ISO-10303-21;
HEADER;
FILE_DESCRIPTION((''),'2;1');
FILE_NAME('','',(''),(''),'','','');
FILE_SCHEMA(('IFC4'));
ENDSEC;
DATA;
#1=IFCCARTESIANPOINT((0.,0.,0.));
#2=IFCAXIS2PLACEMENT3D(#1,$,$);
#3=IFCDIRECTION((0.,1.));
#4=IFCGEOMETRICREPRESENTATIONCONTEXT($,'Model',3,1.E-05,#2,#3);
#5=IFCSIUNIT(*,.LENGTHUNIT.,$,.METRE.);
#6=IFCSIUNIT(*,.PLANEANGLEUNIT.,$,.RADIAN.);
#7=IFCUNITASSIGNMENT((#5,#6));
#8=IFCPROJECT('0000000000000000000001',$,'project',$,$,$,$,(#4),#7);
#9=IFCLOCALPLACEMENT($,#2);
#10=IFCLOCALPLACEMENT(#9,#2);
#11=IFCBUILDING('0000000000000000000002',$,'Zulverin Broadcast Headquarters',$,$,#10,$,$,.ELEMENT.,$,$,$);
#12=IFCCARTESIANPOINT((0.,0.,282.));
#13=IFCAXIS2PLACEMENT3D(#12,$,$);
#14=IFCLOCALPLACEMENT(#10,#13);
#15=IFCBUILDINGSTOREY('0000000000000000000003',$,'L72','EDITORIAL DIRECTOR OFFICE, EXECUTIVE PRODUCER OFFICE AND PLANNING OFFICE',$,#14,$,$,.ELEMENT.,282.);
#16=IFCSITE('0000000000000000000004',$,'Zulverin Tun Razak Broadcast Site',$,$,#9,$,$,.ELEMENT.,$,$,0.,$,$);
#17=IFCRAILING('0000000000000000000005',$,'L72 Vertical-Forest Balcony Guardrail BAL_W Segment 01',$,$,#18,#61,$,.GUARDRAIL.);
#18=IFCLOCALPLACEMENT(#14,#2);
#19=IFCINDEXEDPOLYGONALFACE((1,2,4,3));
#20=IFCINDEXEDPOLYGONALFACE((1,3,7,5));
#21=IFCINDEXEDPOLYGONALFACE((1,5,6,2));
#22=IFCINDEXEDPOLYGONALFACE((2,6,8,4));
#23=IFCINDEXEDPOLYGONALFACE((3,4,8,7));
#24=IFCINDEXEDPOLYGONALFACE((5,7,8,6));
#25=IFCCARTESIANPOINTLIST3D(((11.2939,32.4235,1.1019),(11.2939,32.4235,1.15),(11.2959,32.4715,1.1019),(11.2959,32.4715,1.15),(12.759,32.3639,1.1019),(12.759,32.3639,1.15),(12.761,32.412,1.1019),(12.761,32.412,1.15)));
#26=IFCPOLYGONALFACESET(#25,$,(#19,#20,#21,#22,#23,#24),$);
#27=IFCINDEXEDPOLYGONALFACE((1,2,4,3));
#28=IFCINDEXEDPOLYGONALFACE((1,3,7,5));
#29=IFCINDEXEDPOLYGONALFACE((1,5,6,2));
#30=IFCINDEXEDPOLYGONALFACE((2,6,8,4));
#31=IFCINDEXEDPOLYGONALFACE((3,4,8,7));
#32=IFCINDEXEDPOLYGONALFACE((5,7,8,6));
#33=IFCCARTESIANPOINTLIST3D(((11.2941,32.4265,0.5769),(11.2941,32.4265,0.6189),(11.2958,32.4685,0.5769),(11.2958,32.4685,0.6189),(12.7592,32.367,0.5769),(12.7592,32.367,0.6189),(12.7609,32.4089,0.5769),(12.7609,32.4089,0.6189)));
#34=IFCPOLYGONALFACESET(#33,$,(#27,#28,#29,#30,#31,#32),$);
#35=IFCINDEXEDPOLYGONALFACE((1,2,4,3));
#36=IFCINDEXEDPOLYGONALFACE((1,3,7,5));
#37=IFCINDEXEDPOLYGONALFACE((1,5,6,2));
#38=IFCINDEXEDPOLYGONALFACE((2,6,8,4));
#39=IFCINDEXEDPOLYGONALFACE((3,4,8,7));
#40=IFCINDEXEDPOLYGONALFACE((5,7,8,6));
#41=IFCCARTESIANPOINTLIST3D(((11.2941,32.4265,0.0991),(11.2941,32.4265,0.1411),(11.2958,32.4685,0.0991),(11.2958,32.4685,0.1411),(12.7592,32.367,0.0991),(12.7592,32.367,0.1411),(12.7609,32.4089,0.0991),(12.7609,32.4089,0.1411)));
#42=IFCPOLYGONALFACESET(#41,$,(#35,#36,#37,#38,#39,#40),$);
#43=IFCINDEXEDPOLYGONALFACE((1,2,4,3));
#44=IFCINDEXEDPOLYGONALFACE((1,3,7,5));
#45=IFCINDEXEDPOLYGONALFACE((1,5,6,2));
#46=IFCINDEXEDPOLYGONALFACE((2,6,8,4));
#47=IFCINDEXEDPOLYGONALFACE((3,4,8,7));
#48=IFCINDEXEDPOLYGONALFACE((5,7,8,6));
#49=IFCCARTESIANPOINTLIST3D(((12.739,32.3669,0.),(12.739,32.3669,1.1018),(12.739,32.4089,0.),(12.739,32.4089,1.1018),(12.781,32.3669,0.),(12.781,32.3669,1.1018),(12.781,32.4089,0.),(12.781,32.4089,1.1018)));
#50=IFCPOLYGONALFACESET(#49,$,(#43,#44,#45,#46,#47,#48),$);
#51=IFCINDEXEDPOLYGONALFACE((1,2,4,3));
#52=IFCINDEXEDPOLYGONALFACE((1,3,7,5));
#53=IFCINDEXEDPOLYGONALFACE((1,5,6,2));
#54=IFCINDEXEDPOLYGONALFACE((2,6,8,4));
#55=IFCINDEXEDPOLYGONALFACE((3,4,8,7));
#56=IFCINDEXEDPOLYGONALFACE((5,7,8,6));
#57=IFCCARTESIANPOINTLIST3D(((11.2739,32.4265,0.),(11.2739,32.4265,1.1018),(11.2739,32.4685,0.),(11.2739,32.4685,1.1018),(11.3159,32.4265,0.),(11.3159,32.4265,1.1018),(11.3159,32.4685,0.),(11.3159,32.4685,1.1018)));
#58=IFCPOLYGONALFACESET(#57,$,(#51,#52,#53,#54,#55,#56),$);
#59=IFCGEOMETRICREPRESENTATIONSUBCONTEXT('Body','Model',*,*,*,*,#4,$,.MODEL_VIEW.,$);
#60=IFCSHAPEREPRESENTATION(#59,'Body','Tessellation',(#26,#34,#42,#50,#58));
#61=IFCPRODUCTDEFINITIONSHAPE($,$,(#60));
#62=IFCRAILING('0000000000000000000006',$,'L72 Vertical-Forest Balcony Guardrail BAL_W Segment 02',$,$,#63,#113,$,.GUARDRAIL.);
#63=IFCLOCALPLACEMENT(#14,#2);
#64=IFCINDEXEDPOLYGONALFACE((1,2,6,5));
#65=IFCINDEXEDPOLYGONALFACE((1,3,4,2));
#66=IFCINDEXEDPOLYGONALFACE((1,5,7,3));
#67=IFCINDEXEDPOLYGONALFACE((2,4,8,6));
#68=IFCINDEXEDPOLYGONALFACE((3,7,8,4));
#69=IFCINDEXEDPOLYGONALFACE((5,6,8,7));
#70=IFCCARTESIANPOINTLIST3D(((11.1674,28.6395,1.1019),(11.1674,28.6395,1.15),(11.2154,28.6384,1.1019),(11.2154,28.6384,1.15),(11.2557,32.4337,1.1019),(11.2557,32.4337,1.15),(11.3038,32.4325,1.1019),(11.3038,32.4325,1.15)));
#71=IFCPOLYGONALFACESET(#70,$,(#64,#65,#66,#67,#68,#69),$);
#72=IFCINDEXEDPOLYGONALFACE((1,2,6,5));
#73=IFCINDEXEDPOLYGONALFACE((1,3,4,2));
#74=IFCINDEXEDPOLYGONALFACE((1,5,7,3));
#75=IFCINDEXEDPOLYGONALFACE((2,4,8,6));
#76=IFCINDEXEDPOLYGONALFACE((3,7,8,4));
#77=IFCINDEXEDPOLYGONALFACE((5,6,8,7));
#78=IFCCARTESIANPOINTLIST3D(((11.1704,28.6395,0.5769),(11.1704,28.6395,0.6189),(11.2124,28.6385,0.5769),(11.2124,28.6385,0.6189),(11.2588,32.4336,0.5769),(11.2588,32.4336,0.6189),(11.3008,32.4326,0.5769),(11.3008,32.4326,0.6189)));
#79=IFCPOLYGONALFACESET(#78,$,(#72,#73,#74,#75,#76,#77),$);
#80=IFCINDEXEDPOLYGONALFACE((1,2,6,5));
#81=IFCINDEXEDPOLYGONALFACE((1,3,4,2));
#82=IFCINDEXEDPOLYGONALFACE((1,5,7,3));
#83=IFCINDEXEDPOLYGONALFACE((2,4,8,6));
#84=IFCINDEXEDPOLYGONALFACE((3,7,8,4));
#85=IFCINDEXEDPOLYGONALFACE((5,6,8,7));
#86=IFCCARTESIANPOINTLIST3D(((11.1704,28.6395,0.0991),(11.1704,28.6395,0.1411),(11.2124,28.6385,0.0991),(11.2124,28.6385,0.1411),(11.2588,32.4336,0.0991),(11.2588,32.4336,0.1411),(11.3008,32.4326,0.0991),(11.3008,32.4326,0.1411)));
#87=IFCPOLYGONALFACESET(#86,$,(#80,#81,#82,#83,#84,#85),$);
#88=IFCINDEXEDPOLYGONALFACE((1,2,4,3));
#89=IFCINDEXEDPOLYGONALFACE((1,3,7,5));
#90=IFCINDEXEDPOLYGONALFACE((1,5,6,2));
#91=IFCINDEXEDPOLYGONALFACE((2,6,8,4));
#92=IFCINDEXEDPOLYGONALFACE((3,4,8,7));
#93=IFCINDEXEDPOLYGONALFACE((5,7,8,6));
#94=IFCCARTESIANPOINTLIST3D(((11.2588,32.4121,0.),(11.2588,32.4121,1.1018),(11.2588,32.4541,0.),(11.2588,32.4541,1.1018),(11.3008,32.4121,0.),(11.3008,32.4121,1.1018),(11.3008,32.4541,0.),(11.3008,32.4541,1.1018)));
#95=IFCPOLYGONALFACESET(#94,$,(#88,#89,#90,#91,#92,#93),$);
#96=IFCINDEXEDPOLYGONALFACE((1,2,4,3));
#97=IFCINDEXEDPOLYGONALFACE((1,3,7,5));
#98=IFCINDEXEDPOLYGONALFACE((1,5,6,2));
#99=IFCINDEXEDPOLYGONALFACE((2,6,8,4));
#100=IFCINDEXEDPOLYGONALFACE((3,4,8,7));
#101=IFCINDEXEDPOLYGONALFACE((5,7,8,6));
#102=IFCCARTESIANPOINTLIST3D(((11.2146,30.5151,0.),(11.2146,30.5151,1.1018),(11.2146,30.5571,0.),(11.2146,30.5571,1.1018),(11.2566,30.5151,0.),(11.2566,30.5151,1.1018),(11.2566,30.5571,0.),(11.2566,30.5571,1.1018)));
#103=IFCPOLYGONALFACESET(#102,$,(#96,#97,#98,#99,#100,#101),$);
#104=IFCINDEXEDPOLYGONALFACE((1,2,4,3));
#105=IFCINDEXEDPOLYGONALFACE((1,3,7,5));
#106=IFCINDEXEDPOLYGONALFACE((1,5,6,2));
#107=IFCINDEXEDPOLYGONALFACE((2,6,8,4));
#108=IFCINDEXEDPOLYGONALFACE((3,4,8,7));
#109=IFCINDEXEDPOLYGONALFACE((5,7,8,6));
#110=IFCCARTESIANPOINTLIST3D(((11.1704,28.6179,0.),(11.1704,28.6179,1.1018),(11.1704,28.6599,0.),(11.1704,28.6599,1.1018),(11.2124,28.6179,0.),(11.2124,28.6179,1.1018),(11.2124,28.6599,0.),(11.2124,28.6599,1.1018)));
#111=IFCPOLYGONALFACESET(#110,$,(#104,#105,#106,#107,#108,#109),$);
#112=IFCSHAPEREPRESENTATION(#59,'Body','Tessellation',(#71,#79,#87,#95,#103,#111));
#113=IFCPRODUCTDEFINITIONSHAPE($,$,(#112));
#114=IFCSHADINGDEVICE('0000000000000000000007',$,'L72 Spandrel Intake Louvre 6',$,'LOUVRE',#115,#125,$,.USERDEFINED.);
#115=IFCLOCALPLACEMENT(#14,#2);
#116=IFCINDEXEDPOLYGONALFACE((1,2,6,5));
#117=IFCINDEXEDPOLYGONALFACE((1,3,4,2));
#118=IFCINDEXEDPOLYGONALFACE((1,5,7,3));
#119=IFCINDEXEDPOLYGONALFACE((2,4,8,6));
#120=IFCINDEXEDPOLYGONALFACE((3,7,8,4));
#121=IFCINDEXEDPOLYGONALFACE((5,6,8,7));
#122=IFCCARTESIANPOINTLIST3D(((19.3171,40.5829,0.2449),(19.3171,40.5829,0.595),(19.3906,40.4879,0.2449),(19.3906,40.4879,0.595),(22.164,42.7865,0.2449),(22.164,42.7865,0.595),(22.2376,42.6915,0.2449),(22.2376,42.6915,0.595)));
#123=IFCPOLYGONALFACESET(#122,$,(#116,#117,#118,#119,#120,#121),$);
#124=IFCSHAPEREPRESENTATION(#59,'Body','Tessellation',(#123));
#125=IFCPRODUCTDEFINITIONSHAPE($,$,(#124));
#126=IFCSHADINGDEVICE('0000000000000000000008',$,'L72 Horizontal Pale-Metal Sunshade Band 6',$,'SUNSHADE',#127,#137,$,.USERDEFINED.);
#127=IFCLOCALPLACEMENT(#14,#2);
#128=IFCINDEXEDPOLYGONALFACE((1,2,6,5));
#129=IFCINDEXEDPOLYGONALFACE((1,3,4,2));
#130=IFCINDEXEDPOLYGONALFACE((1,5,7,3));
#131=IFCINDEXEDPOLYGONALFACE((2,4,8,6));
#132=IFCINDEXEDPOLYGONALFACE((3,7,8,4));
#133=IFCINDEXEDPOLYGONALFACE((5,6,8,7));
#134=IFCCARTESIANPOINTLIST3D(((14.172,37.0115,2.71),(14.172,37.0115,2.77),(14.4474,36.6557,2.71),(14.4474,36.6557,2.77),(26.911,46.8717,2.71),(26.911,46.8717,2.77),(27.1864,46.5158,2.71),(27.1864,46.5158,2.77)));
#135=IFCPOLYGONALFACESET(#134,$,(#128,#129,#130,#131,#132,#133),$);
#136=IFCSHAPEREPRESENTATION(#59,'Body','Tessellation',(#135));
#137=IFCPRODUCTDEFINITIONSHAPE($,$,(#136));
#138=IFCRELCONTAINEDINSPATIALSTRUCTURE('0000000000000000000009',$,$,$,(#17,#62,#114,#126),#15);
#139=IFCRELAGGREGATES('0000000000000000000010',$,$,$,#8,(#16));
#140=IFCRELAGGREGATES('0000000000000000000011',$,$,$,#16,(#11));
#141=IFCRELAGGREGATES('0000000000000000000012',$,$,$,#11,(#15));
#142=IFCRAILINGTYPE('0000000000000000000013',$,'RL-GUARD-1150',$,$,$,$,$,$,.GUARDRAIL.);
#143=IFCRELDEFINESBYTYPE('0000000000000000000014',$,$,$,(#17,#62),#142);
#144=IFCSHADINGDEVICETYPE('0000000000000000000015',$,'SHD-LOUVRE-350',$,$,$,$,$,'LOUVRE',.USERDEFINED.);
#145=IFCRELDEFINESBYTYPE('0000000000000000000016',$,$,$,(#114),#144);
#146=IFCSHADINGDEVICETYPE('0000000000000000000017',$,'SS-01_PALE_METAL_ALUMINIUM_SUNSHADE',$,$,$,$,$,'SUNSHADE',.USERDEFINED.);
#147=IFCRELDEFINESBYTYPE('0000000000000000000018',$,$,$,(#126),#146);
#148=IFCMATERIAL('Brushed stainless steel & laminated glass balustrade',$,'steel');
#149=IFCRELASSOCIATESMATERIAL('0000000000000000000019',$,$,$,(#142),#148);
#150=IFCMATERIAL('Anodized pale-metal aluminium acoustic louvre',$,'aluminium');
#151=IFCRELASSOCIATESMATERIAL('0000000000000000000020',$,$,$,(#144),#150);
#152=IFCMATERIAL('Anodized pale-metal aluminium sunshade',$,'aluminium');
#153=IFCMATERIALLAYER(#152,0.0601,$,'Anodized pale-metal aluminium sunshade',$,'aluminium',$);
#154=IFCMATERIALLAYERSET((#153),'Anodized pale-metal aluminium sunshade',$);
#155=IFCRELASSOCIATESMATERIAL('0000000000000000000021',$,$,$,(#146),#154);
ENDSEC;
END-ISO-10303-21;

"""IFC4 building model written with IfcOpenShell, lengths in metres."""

from ifc_helpers import new_model, si_unit, direction, frame, origin, origin_2d, place, context, subcontext, project, spatial, rectangle, extrude, material, layer, layer_set, type_object, element, save


model = new_model("IFC4")

# Units and contexts
model_context = context("Model", 3, precision=1e-05, world=origin(), true_north=direction((0.0, 1.0)))
body_context = subcontext(model_context, "Body", "Model", "MODEL_VIEW")
ifc_project = project(units=[si_unit("LENGTHUNIT", "METRE"), si_unit("PLANEANGLEUNIT", "RADIAN")], contexts=[model_context])

# Site, building, storey
site_placement = place(None, origin())
site = spatial("IfcSite", under=ifc_project, at=site_placement, Name="Zulverin Tun Razak Broadcast Site", CompositionType="ELEMENT", RefElevation=0.0)
building_placement = place(site_placement, origin())
building = spatial("IfcBuilding", under=site, at=building_placement, Name="Zulverin Broadcast Headquarters", CompositionType="ELEMENT")
storey_placement = place(building_placement, frame((0.0, 0.0, 282.0)))
storey = spatial("IfcBuildingStorey", under=building, at=storey_placement, Name="L72", Description="EDITORIAL DIRECTOR OFFICE, EXECUTIVE PRODUCER OFFICE AND PLANNING OFFICE", CompositionType="ELEMENT", Elevation=282.0)

# Railings
ifc_material_1 = material(Name="Brushed stainless steel & laminated glass balustrade", Category="steel")
railing_type = type_object("IfcRailingType", Name="RL-GUARD-1150", PredefinedType="GUARDRAIL", material=ifc_material_1)
railing_1_placement = place(storey_placement, frame((12.76, 32.3879, 0.0)))
element("IfcRailing", 1, at=railing_1_placement, inside=storey, type_object=railing_type, Name="L72 Vertical-Forest Balcony Guardrail BAL_W Segment 01", PredefinedType="GUARDRAIL", context=body_context, shape_type="SweptSolid", body=[
    extrude(rectangle(XDim=0.0481, YDim=0.0481, at=origin_2d()), frame((0.0, 0.0, 1.126), z_axis=(-0.999174, 0.040626, 0.0), x_axis=(-0.040626, -0.999174, 0.0)), (0.0, 0.0, 1.0), 1.4663),
    extrude(rectangle(XDim=0.042, YDim=0.042, at=origin_2d()), frame((0.0, 0.0, 0.5979), z_axis=(-0.999174, 0.040626, 0.0), x_axis=(-0.040626, -0.999174, 0.0)), (0.0, 0.0, 1.0), 1.4663),
    extrude(rectangle(XDim=0.042, YDim=0.042, at=origin_2d()), frame((0.0, 0.0, 0.1201), z_axis=(-0.999174, 0.040626, 0.0), x_axis=(-0.040626, -0.999174, 0.0)), (0.0, 0.0, 1.0), 1.4663),
    extrude(rectangle(XDim=0.042, YDim=0.042, at=origin_2d()), origin(), (0.0, 0.0, 1.0), 1.1018),
    extrude(rectangle(XDim=0.042, YDim=0.042, at=origin_2d()), frame((-1.4651, 0.0596, 0.0)), (0.0, 0.0, 1.0), 1.1018),
])
railing_2_placement = place(storey_placement, frame((11.2798, 32.4331, 0.0)))
element("IfcRailing", 2, at=railing_2_placement, inside=storey, type_object=railing_type, Name="L72 Vertical-Forest Balcony Guardrail BAL_W Segment 02", PredefinedType="GUARDRAIL", context=body_context, shape_type="SweptSolid", body=[
    extrude(rectangle(XDim=0.0481, YDim=0.0481, at=origin_2d()), frame((0.0, 0.0, 1.126), z_axis=(-0.023287, -0.999729, 0.0), x_axis=(0.999729, -0.023287, 0.0)), (0.0, 0.0, 1.0), 3.7952),
    extrude(rectangle(XDim=0.042, YDim=0.042, at=origin_2d()), frame((0.0, 0.0, 0.5979), z_axis=(-0.023287, -0.999729, 0.0), x_axis=(0.999729, -0.023287, 0.0)), (0.0, 0.0, 1.0), 3.7952),
    extrude(rectangle(XDim=0.042, YDim=0.042, at=origin_2d()), frame((0.0, 0.0, 0.1201), z_axis=(-0.023287, -0.999729, 0.0), x_axis=(0.999729, -0.023287, 0.0)), (0.0, 0.0, 1.0), 3.7952),
    extrude(rectangle(XDim=0.042, YDim=0.042, at=origin_2d()), origin(), (0.0, 0.0, 1.0), 1.1018),
    extrude(rectangle(XDim=0.042, YDim=0.042, at=origin_2d()), frame((-0.0442, -1.897, 0.0)), (0.0, 0.0, 1.0), 1.1018),
    extrude(rectangle(XDim=0.042, YDim=0.042, at=origin_2d()), frame((-0.0884, -3.7942, 0.0)), (0.0, 0.0, 1.0), 1.1018),
])

# Shading devices
ifc_material_2 = material(Name="Anodized pale-metal aluminium acoustic louvre", Category="aluminium")
shading_device_type_1 = type_object("IfcShadingDeviceType", Name="SHD-LOUVRE-350", ElementType="LOUVRE", PredefinedType="USERDEFINED", material=ifc_material_2)
shading_device_1_placement = place(storey_placement, frame((20.7773, 41.6372, 0.2449), z_axis=(0.0, 0.0, 1.0), x_axis=(-0.790792, -0.612085, 0.0)))
element("IfcShadingDevice", 3, at=shading_device_1_placement, inside=storey, type_object=shading_device_type_1, Name="L72 Spandrel Intake Louvre 6", ObjectType="LOUVRE", PredefinedType="USERDEFINED", context=body_context, shape_type="SweptSolid", body=[
    extrude(rectangle(XDim=3.6001, YDim=0.1201, at=origin_2d()), origin(), (0.0, 0.0, 1.0), 0.3501),
])
ifc_material_3 = material(Name="Anodized pale-metal aluminium sunshade", Category="aluminium")
ifc_layer_1 = layer(ifc_material_3, 0.0601, Name="Anodized pale-metal aluminium sunshade", Category="aluminium")
ifc_layer_set_1 = layer_set([ifc_layer_1], Name="Anodized pale-metal aluminium sunshade")
shading_device_type_2 = type_object("IfcShadingDeviceType", Name="SS-01_PALE_METAL_ALUMINIUM_SUNSHADE", ElementType="SUNSHADE", PredefinedType="USERDEFINED", material=ifc_layer_set_1)
shading_device_2_placement = place(storey_placement, frame((20.6792, 41.7637, 2.71), z_axis=(0.0, 0.0, 1.0), x_axis=(-0.790792, -0.612085, 0.0)))
element("IfcShadingDevice", 4, at=shading_device_2_placement, inside=storey, type_object=shading_device_type_2, Name="L72 Horizontal Pale-Metal Sunshade Band 6", ObjectType="SUNSHADE", PredefinedType="USERDEFINED", context=body_context, shape_type="SweptSolid", body=[
    extrude(rectangle(XDim=16.1091, YDim=0.45, at=origin_2d()), origin(), (0.0, 0.0, 1.0), 0.0601),
])

save(model, "model.ifc")
